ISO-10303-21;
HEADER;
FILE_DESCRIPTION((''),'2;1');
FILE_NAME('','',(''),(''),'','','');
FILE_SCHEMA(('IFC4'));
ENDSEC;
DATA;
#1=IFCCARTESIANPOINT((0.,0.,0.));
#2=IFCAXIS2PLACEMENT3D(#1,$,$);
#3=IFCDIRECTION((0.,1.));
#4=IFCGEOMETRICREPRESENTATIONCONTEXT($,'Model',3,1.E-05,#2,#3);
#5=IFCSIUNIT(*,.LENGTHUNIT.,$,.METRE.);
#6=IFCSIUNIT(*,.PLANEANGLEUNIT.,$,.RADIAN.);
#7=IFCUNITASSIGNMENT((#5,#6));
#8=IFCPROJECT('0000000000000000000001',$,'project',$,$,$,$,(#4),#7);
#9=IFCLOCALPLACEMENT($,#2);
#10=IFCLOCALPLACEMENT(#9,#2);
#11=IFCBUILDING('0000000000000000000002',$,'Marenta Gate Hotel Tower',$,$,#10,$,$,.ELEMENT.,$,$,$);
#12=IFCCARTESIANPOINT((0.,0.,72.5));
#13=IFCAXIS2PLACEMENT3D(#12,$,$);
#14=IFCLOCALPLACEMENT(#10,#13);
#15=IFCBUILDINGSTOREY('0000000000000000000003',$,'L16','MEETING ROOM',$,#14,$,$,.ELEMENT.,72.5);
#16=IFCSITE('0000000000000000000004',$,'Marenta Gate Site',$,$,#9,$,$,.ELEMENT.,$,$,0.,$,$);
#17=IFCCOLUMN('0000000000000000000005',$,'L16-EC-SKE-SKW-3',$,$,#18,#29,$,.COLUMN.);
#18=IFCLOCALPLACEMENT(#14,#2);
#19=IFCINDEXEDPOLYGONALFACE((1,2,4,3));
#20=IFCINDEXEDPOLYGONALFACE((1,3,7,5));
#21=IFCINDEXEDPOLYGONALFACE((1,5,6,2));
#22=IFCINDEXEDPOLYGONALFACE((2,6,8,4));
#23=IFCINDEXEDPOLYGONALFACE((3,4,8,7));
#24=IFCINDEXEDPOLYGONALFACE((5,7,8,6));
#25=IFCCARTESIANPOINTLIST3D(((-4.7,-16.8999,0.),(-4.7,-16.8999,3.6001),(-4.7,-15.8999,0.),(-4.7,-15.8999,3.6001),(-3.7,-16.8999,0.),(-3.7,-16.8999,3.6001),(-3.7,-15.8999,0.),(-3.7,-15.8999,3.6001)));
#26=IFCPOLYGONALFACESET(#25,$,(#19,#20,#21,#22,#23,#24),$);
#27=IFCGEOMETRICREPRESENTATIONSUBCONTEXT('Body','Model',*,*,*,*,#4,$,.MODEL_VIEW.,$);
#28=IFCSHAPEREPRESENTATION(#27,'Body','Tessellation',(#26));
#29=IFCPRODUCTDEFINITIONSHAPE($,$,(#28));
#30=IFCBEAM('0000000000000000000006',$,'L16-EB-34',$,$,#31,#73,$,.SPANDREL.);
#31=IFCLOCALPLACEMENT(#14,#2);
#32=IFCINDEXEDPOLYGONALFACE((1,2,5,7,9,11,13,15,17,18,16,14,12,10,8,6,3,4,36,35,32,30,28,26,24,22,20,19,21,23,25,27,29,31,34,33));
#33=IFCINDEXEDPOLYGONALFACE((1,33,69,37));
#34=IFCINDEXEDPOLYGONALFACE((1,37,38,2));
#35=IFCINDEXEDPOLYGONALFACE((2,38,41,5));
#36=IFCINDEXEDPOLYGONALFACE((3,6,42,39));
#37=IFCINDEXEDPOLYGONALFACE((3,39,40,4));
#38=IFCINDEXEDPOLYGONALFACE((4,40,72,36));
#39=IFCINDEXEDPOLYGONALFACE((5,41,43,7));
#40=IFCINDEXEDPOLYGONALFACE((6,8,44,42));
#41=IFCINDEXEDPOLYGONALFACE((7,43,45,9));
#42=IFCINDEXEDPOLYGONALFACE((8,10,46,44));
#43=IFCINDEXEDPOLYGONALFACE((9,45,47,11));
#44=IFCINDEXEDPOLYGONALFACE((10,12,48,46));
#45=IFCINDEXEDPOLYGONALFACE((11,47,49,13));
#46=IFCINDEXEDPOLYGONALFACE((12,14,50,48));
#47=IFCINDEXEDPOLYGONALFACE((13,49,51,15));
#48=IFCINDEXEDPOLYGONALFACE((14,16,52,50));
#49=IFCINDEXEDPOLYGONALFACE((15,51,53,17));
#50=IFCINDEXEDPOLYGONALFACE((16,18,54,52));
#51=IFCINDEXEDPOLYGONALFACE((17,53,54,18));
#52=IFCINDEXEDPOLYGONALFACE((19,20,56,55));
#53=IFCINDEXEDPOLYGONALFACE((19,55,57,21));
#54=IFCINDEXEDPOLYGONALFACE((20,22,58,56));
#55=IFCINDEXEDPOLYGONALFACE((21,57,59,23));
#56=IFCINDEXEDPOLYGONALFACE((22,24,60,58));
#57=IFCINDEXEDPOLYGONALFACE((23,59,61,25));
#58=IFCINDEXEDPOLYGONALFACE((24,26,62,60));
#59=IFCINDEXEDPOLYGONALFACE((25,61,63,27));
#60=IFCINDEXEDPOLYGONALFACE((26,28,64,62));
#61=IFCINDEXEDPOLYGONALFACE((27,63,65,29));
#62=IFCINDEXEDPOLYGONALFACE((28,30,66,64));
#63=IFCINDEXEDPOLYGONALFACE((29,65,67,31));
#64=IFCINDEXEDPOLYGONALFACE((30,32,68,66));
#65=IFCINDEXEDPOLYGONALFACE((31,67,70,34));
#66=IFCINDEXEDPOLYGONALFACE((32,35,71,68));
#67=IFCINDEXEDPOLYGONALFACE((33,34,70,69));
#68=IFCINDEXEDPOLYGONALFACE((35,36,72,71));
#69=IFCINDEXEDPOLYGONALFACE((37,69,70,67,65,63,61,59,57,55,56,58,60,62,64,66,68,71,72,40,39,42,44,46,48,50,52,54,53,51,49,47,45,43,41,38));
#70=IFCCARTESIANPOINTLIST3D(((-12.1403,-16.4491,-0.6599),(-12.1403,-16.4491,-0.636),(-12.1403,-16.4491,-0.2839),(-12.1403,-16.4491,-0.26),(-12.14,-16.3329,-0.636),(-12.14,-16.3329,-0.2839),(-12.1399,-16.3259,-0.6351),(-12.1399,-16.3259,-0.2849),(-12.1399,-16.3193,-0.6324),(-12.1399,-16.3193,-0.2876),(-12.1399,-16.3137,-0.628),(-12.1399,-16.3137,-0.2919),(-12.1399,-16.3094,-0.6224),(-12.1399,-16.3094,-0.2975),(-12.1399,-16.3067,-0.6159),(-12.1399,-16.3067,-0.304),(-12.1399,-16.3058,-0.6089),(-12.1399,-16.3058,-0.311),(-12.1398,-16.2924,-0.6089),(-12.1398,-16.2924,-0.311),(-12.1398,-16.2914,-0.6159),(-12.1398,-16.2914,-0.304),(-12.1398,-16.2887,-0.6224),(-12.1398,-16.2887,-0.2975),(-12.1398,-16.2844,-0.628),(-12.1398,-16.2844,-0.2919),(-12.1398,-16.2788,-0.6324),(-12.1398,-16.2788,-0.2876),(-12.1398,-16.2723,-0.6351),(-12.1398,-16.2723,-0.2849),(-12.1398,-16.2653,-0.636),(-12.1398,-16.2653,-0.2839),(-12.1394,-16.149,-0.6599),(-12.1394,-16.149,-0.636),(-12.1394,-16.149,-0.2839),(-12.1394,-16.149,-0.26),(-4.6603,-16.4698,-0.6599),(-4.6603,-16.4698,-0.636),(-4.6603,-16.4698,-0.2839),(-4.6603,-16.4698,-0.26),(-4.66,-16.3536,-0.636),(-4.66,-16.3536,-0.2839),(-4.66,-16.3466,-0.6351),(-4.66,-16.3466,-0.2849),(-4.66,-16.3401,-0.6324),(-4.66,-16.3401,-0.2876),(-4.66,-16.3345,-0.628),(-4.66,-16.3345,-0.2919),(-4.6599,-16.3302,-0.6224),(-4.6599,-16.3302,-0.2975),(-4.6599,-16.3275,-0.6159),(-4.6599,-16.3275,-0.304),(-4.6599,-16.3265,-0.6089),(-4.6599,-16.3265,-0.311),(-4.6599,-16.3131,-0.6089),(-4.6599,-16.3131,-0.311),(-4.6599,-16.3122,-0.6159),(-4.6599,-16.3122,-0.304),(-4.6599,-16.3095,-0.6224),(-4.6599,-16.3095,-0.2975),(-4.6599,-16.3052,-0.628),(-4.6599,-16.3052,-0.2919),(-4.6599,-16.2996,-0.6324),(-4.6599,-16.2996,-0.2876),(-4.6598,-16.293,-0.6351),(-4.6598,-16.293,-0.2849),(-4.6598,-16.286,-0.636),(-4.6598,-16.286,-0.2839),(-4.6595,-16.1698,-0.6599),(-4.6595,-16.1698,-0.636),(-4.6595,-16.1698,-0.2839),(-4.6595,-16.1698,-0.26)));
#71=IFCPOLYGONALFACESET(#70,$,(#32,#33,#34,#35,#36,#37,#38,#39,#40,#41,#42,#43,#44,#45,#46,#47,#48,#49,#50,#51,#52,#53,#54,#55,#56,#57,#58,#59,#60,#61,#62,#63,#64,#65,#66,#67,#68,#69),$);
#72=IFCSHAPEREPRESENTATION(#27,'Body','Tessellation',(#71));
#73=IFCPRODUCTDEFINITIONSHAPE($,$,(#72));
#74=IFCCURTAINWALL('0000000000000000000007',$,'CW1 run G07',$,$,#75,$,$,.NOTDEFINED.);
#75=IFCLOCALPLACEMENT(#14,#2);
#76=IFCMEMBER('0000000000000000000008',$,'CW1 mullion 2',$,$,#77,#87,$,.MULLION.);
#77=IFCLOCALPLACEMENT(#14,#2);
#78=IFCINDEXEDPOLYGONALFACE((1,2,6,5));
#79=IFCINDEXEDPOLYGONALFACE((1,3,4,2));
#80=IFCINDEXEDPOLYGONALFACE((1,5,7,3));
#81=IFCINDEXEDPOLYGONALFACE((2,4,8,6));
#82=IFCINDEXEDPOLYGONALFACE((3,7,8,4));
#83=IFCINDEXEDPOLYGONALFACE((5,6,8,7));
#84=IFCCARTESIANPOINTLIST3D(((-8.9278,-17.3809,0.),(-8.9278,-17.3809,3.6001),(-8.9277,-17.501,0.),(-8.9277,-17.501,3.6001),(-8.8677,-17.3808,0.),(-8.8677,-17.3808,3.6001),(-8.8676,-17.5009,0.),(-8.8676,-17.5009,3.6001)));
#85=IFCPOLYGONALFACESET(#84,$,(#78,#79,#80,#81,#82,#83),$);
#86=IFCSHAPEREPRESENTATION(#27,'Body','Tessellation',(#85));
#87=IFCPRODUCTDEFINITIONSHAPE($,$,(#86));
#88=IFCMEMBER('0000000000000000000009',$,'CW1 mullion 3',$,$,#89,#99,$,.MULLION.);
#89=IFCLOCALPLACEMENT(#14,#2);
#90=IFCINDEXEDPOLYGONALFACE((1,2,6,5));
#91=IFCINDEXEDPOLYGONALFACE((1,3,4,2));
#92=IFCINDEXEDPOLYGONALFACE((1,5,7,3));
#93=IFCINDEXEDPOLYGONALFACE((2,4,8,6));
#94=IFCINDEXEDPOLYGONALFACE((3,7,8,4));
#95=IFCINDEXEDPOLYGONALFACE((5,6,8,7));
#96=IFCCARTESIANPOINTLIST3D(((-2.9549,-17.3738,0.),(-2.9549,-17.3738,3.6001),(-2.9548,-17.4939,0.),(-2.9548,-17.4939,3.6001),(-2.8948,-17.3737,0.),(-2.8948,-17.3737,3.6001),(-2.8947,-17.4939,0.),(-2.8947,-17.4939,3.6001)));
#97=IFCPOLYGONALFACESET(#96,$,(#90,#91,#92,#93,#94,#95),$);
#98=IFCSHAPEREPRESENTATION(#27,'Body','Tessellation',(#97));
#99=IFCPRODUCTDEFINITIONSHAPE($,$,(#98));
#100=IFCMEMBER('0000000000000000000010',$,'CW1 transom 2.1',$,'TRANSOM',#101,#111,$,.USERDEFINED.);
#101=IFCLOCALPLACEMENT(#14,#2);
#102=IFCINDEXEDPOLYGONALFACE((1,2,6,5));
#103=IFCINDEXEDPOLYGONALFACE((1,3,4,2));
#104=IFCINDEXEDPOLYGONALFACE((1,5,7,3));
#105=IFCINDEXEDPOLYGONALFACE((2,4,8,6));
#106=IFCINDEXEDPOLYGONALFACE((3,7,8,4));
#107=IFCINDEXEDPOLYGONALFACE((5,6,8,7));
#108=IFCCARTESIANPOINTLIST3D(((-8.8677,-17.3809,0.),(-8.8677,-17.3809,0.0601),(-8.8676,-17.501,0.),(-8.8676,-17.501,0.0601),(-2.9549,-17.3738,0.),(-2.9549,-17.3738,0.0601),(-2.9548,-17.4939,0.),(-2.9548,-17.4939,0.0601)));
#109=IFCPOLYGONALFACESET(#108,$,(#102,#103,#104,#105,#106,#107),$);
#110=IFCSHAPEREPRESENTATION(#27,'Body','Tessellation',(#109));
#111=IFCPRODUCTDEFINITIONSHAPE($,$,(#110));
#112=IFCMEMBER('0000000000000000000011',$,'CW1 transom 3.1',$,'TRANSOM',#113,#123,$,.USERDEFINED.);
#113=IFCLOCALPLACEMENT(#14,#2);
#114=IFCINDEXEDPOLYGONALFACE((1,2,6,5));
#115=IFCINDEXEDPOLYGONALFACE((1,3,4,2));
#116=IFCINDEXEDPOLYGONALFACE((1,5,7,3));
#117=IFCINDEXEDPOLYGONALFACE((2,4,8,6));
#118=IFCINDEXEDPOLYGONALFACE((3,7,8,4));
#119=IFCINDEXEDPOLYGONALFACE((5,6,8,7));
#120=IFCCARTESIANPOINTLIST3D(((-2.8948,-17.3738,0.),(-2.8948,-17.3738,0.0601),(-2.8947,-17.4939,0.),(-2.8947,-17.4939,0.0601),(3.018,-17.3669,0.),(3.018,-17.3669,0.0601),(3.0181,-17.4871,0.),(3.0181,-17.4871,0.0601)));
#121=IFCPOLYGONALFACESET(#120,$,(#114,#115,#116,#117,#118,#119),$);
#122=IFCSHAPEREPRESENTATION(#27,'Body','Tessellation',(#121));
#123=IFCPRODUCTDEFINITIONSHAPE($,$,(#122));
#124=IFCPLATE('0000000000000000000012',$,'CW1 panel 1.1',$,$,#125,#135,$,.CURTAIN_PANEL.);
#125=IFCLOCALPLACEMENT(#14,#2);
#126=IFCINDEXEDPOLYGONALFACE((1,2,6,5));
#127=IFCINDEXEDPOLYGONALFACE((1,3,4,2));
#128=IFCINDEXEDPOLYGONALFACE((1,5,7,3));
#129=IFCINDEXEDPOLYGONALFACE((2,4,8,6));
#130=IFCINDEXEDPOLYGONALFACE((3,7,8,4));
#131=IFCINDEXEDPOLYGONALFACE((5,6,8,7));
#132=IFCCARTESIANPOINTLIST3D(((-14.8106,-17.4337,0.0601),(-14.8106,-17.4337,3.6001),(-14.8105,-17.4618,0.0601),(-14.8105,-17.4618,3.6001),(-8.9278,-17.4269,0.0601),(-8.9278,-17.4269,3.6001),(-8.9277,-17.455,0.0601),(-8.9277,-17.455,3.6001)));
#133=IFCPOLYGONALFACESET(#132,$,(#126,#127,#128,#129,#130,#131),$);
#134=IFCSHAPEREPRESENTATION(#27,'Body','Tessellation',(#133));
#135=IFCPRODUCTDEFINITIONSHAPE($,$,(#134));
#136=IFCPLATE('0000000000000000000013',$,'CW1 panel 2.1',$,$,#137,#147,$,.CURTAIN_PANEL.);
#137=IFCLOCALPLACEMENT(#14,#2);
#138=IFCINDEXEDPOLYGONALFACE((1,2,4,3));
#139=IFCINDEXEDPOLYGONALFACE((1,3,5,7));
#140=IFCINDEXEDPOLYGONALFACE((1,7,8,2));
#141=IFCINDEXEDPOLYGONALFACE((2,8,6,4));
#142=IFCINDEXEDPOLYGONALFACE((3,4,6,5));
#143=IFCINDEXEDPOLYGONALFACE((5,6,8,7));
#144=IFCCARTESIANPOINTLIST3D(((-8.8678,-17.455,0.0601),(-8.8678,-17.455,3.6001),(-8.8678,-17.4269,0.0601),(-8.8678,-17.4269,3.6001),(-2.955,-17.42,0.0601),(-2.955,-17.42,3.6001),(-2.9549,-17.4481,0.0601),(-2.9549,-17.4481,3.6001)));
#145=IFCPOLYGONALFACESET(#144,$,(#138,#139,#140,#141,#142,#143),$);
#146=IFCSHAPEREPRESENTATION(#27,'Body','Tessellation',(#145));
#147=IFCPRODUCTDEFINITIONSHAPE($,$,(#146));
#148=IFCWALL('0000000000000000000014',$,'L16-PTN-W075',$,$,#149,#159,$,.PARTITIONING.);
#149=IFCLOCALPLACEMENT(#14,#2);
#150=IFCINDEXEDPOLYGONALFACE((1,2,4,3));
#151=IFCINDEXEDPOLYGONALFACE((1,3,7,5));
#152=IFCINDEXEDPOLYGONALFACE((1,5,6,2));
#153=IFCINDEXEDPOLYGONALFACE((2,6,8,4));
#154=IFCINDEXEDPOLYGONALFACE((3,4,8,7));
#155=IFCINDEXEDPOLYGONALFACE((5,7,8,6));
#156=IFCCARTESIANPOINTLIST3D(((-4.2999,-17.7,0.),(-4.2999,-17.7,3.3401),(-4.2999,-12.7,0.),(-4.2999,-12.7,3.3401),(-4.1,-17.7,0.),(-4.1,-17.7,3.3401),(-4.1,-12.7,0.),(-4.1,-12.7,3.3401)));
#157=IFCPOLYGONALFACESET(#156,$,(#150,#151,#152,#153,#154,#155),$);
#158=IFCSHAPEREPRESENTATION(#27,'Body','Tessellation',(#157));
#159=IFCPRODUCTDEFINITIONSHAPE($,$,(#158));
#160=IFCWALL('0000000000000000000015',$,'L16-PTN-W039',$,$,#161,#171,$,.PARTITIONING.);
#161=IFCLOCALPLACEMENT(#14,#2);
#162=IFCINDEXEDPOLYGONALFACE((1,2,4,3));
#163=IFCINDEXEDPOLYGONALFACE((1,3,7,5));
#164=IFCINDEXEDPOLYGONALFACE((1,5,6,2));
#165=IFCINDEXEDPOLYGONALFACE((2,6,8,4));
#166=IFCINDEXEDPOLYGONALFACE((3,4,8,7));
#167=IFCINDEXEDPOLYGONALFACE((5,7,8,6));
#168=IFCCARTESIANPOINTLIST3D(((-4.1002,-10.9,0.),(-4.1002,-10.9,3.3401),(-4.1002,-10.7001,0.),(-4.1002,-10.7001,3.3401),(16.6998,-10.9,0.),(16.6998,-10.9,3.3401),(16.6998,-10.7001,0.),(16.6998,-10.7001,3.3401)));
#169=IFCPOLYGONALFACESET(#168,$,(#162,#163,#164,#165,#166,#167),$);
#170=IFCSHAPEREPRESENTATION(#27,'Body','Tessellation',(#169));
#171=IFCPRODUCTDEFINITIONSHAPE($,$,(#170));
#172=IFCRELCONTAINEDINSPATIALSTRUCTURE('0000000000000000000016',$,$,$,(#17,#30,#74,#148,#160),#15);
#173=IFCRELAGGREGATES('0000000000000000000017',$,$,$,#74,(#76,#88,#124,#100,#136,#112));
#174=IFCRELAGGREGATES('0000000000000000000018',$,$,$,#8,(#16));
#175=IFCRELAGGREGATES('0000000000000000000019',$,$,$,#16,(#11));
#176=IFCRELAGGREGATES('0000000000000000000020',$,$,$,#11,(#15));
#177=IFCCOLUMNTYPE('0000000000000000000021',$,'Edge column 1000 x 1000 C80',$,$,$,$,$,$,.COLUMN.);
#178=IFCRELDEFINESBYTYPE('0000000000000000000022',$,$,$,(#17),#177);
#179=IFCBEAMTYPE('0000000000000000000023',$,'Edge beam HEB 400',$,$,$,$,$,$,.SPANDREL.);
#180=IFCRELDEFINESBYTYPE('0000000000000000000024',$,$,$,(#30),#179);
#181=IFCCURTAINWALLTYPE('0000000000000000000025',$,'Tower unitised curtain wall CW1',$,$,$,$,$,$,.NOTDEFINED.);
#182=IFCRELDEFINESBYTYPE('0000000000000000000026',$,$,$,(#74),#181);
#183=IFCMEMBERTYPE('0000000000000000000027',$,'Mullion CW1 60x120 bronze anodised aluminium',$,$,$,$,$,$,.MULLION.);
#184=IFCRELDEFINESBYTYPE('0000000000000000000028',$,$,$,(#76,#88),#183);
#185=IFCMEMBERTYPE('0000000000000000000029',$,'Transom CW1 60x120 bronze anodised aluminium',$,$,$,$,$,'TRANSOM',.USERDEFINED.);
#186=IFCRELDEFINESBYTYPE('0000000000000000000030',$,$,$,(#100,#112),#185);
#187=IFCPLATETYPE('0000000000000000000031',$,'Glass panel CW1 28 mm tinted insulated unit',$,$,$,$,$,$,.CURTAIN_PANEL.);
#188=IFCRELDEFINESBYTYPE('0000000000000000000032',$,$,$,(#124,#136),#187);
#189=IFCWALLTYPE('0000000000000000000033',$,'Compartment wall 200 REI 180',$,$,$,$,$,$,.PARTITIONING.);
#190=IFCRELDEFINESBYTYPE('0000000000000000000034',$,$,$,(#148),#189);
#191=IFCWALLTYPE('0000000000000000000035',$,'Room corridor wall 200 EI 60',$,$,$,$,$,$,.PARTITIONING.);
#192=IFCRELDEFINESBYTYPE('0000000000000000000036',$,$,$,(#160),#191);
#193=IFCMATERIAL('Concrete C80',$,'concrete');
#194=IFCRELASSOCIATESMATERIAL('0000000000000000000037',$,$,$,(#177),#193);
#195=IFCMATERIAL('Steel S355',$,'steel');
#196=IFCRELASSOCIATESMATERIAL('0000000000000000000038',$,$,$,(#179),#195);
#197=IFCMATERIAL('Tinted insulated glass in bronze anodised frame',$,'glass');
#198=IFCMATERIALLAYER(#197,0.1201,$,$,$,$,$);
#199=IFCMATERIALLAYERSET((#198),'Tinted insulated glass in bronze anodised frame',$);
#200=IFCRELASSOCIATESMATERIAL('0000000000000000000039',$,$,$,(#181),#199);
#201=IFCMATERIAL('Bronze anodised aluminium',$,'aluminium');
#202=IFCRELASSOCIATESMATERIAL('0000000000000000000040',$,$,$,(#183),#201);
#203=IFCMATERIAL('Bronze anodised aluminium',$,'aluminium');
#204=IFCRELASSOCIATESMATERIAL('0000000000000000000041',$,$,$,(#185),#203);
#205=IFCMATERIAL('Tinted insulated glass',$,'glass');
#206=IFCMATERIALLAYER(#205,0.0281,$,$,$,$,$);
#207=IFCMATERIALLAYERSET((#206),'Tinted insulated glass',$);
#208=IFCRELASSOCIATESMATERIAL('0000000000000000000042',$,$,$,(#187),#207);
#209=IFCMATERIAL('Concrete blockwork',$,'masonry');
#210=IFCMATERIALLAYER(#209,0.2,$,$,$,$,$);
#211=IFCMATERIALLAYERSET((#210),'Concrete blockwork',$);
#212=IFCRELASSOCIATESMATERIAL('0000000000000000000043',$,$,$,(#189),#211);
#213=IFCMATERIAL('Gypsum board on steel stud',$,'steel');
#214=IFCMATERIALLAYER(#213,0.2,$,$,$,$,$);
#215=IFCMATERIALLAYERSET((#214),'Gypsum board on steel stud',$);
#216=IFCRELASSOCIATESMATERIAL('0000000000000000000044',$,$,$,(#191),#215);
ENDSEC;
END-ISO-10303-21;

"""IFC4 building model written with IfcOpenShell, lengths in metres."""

from ifc_helpers import new_model, si_unit, direction, frame, frame_2d, origin, origin_2d, place, context, subcontext, project, spatial, rectangle, i_section, extrude, material, layer, layer_set, material_profile, profile_set, type_object, element, aggregate, save


model = new_model("IFC4")

# Units and contexts
model_context = context("Model", 3, precision=1e-05, world=origin(), true_north=direction((0.0, 1.0)))
body_context = subcontext(model_context, "Body", "Model", "MODEL_VIEW")
ifc_project = project(units=[si_unit("LENGTHUNIT", "METRE"), si_unit("PLANEANGLEUNIT", "RADIAN")], contexts=[model_context])

# Site, building, storey
site_placement = place(None, origin())
site = spatial("IfcSite", under=ifc_project, at=site_placement, Name="Marenta Gate Site", CompositionType="ELEMENT", RefElevation=0.0)
building_placement = place(site_placement, origin())
building = spatial("IfcBuilding", under=site, at=building_placement, Name="Marenta Gate Hotel Tower", CompositionType="ELEMENT")
storey_placement = place(building_placement, frame((0.0, 0.0, 72.5)))
storey = spatial("IfcBuildingStorey", under=building, at=storey_placement, Name="L16", Description="MEETING ROOM", CompositionType="ELEMENT", Elevation=72.5)

# Column
ifc_material_1 = material(Name="Concrete C80", Category="concrete")
ifc_material_profile_1 = material_profile(ifc_material_1, rectangle(XDim=1.0, YDim=1.0, at=origin_2d()), Name="1000 x 1000")
ifc_profile_set_1 = profile_set([ifc_material_profile_1], Name="Concrete C80")
column_type = type_object("IfcColumnType", Name="Edge column 1000 x 1000 C80", PredefinedType="COLUMN", material=ifc_profile_set_1)
column_placement = place(storey_placement, frame((-4.2, -16.3999, 0.0), z_axis=(0.0, 0.0, 1.0), x_axis=(1.0, 0.0, 0.0)))
element("IfcColumn", 1, at=column_placement, inside=storey, type_object=column_type, Name="L16-EC-SKE-SKW-3", PredefinedType="COLUMN", context=body_context, shape_type="SweptSolid", body=[
    extrude(rectangle(XDim=1.0, YDim=1.0, at=origin_2d()), origin(), (0.0, 0.0, 1.0), 3.6001),
])

# Beam
ifc_material_2 = material(Name="Steel S355", Category="steel")
ifc_material_profile_2 = material_profile(ifc_material_2, i_section(OverallWidth=0.3, OverallDepth=0.3999, WebThickness=0.0134, FlangeThickness=0.0239, FilletRadius=0.0271, at=origin_2d()), Name="HEB 400")
ifc_profile_set_2 = profile_set([ifc_material_profile_2], Name="Steel S355")
beam_type = type_object("IfcBeamType", Name="Edge beam HEB 400", PredefinedType="SPANDREL", material=ifc_profile_set_2)
beam_placement = place(storey_placement, frame((-4.6599, -16.3198, -0.46), z_axis=(-0.999996, 0.002774, 0.0), x_axis=(-0.002774, -0.999996, 0.0)))
element("IfcBeam", 2, at=beam_placement, inside=storey, type_object=beam_type, Name="L16-EB-34", PredefinedType="SPANDREL", context=body_context, shape_type="SweptSolid", body=[
    extrude(i_section(OverallWidth=0.3, OverallDepth=0.3999, WebThickness=0.0134, FlangeThickness=0.0239, FilletRadius=0.0271, at=origin_2d()), origin(), (0.0, 0.0, 1.0), 7.48),
])

# Curtain wall, members, plates
ifc_material_3 = material(Name="Tinted insulated glass in bronze anodised frame", Category="glass")
ifc_layer_1 = layer(ifc_material_3, 0.1201)
ifc_layer_set_1 = layer_set([ifc_layer_1], Name="Tinted insulated glass in bronze anodised frame")
curtain_wall_type = type_object("IfcCurtainWallType", Name="Tower unitised curtain wall CW1", PredefinedType="NOTDEFINED", material=ifc_layer_set_1)
curtain_wall_placement = place(storey_placement, origin())
curtain_wall = element("IfcCurtainWall", 3, at=curtain_wall_placement, inside=storey, type_object=curtain_wall_type, Name="CW1 run G07", PredefinedType="NOTDEFINED")
ifc_material_4 = material(Name="Bronze anodised aluminium", Category="aluminium")
ifc_material_profile_3 = material_profile(ifc_material_4, rectangle(XDim=0.1201, YDim=0.0601, at=origin_2d()), Name="Mullion CW1 60x120 bronze anodised aluminium")
ifc_profile_set_3 = profile_set([ifc_material_profile_3], Name="Bronze anodised aluminium")
member_type_1 = type_object("IfcMemberType", Name="Mullion CW1 60x120 bronze anodised aluminium", PredefinedType="MULLION", material=ifc_profile_set_3)
member_1_placement = place(storey_placement, frame((-8.8977, -17.4409, 0.0), z_axis=(0.0, 0.0, 1.0), x_axis=(-0.001162, 0.999999, 0.0)))
member_1 = element("IfcMember", 4, at=member_1_placement, type_object=member_type_1, Name="CW1 mullion 2", PredefinedType="MULLION", context=body_context, shape_type="SweptSolid", body=[
    extrude(rectangle(XDim=0.1201, YDim=0.0601, at=origin_2d()), origin(), (0.0, 0.0, 1.0), 3.6001),
])
member_2_placement = place(storey_placement, frame((-2.9248, -17.4338, 0.0), z_axis=(0.0, 0.0, 1.0), x_axis=(-0.001162, 0.999999, 0.0)))
member_2 = element("IfcMember", 5, at=member_2_placement, type_object=member_type_1, Name="CW1 mullion 3", PredefinedType="MULLION", context=body_context, shape_type="SweptSolid", body=[
    extrude(rectangle(XDim=0.1201, YDim=0.0601, at=origin_2d()), origin(), (0.0, 0.0, 1.0), 3.6001),
])
ifc_material_5 = material(Name="Bronze anodised aluminium", Category="aluminium")
ifc_material_profile_4 = material_profile(ifc_material_5, rectangle(XDim=0.1201, YDim=0.0601, at=origin_2d()), Name="Transom CW1 60x120 bronze anodised aluminium")
ifc_profile_set_4 = profile_set([ifc_material_profile_4], Name="Bronze anodised aluminium")
member_type_2 = type_object("IfcMemberType", Name="Transom CW1 60x120 bronze anodised aluminium", ElementType="TRANSOM", PredefinedType="USERDEFINED", material=ifc_profile_set_4)
member_3_placement = place(storey_placement, frame((-8.8677, -17.4409, 0.03), z_axis=(0.999999, 0.001197, 0.0), x_axis=(-0.001197, 0.999999, 0.0)))
member_3 = element("IfcMember", 6, at=member_3_placement, type_object=member_type_2, Name="CW1 transom 2.1", ObjectType="TRANSOM", PredefinedType="USERDEFINED", context=body_context, shape_type="SweptSolid", body=[
    extrude(rectangle(XDim=0.1201, YDim=0.0601, at=origin_2d()), origin(), (0.0, 0.0, 1.0), 5.9128),
])
member_4_placement = place(storey_placement, frame((-2.8948, -17.4338, 0.03), z_axis=(0.999999, 0.001156, 0.0), x_axis=(-0.001156, 0.999999, 0.0)))
member_4 = element("IfcMember", 7, at=member_4_placement, type_object=member_type_2, Name="CW1 transom 3.1", ObjectType="TRANSOM", PredefinedType="USERDEFINED", context=body_context, shape_type="SweptSolid", body=[
    extrude(rectangle(XDim=0.1201, YDim=0.0601, at=origin_2d()), origin(), (0.0, 0.0, 1.0), 5.9128),
])
ifc_material_6 = material(Name="Tinted insulated glass", Category="glass")
ifc_layer_2 = layer(ifc_material_6, 0.0281)
ifc_layer_set_2 = layer_set([ifc_layer_2], Name="Tinted insulated glass")
plate_type = type_object("IfcPlateType", Name="Glass panel CW1 28 mm tinted insulated unit", PredefinedType="CURTAIN_PANEL", material=ifc_layer_set_2)
plate_1_placement = place(storey_placement, frame((-11.8691, -17.4443, 0.0601), z_axis=(0.0, 0.0, 1.0), x_axis=(0.999999, 0.001162, 0.0)))
plate_1 = element("IfcPlate", 8, at=plate_1_placement, type_object=plate_type, Name="CW1 panel 1.1", PredefinedType="CURTAIN_PANEL", context=body_context, shape_type="SweptSolid", body=[
    extrude(rectangle(XDim=5.8828, YDim=0.0281, at=origin_2d()), origin(), (0.0, 0.0, 1.0), 3.54),
])
plate_2_placement = place(storey_placement, frame((-5.9114, -17.4375, 0.0601), z_axis=(0.0, 0.0, 1.0), x_axis=(0.999999, 0.001162, 0.0)))
plate_2 = element("IfcPlate", 9, at=plate_2_placement, type_object=plate_type, Name="CW1 panel 2.1", PredefinedType="CURTAIN_PANEL", context=body_context, shape_type="SweptSolid", body=[
    extrude(rectangle(XDim=5.9128, YDim=0.0281, at=origin_2d()), origin(), (0.0, 0.0, 1.0), 3.54),
])
aggregate(curtain_wall, [member_1, member_2, plate_1, member_3, plate_2, member_4])

# Wall
ifc_material_7 = material(Name="Concrete blockwork", Category="masonry")
ifc_layer_3 = layer(ifc_material_7, 0.2)
ifc_layer_set_3 = layer_set([ifc_layer_3], Name="Concrete blockwork")
wall_type_1 = type_object("IfcWallType", Name="Compartment wall 200 REI 180", PredefinedType="PARTITIONING", material=ifc_layer_set_3)
wall_1_placement = place(storey_placement, frame((-4.2, -17.7, 0.0), z_axis=(0.0, 0.0, 1.0), x_axis=(0.0, 1.0, 0.0)))
element("IfcWall", 10, at=wall_1_placement, inside=storey, type_object=wall_type_1, Name="L16-PTN-W075", PredefinedType="PARTITIONING", context=body_context, shape_type="SweptSolid", body=[
    extrude(rectangle(XDim=5.0, YDim=0.2, at=frame_2d((2.5, 0.0))), origin(), (0.0, 0.0, 1.0), 3.3401),
])

# Wall
ifc_material_8 = material(Name="Gypsum board on steel stud", Category="steel")
ifc_layer_4 = layer(ifc_material_8, 0.2)
ifc_layer_set_4 = layer_set([ifc_layer_4], Name="Gypsum board on steel stud")
wall_type_2 = type_object("IfcWallType", Name="Room corridor wall 200 EI 60", PredefinedType="PARTITIONING", material=ifc_layer_set_4)
wall_2_placement = place(storey_placement, frame((-4.1001, -10.8, 0.0), z_axis=(0.0, 0.0, 1.0), x_axis=(1.0, 0.0, 0.0)))
element("IfcWall", 11, at=wall_2_placement, inside=storey, type_object=wall_type_2, Name="L16-PTN-W039", PredefinedType="PARTITIONING", context=body_context, shape_type="SweptSolid", body=[
    extrude(rectangle(XDim=20.8, YDim=0.2, at=frame_2d((10.3999, 0.0))), origin(), (0.0, 0.0, 1.0), 3.3401),
])

save(model, "model.ifc")
